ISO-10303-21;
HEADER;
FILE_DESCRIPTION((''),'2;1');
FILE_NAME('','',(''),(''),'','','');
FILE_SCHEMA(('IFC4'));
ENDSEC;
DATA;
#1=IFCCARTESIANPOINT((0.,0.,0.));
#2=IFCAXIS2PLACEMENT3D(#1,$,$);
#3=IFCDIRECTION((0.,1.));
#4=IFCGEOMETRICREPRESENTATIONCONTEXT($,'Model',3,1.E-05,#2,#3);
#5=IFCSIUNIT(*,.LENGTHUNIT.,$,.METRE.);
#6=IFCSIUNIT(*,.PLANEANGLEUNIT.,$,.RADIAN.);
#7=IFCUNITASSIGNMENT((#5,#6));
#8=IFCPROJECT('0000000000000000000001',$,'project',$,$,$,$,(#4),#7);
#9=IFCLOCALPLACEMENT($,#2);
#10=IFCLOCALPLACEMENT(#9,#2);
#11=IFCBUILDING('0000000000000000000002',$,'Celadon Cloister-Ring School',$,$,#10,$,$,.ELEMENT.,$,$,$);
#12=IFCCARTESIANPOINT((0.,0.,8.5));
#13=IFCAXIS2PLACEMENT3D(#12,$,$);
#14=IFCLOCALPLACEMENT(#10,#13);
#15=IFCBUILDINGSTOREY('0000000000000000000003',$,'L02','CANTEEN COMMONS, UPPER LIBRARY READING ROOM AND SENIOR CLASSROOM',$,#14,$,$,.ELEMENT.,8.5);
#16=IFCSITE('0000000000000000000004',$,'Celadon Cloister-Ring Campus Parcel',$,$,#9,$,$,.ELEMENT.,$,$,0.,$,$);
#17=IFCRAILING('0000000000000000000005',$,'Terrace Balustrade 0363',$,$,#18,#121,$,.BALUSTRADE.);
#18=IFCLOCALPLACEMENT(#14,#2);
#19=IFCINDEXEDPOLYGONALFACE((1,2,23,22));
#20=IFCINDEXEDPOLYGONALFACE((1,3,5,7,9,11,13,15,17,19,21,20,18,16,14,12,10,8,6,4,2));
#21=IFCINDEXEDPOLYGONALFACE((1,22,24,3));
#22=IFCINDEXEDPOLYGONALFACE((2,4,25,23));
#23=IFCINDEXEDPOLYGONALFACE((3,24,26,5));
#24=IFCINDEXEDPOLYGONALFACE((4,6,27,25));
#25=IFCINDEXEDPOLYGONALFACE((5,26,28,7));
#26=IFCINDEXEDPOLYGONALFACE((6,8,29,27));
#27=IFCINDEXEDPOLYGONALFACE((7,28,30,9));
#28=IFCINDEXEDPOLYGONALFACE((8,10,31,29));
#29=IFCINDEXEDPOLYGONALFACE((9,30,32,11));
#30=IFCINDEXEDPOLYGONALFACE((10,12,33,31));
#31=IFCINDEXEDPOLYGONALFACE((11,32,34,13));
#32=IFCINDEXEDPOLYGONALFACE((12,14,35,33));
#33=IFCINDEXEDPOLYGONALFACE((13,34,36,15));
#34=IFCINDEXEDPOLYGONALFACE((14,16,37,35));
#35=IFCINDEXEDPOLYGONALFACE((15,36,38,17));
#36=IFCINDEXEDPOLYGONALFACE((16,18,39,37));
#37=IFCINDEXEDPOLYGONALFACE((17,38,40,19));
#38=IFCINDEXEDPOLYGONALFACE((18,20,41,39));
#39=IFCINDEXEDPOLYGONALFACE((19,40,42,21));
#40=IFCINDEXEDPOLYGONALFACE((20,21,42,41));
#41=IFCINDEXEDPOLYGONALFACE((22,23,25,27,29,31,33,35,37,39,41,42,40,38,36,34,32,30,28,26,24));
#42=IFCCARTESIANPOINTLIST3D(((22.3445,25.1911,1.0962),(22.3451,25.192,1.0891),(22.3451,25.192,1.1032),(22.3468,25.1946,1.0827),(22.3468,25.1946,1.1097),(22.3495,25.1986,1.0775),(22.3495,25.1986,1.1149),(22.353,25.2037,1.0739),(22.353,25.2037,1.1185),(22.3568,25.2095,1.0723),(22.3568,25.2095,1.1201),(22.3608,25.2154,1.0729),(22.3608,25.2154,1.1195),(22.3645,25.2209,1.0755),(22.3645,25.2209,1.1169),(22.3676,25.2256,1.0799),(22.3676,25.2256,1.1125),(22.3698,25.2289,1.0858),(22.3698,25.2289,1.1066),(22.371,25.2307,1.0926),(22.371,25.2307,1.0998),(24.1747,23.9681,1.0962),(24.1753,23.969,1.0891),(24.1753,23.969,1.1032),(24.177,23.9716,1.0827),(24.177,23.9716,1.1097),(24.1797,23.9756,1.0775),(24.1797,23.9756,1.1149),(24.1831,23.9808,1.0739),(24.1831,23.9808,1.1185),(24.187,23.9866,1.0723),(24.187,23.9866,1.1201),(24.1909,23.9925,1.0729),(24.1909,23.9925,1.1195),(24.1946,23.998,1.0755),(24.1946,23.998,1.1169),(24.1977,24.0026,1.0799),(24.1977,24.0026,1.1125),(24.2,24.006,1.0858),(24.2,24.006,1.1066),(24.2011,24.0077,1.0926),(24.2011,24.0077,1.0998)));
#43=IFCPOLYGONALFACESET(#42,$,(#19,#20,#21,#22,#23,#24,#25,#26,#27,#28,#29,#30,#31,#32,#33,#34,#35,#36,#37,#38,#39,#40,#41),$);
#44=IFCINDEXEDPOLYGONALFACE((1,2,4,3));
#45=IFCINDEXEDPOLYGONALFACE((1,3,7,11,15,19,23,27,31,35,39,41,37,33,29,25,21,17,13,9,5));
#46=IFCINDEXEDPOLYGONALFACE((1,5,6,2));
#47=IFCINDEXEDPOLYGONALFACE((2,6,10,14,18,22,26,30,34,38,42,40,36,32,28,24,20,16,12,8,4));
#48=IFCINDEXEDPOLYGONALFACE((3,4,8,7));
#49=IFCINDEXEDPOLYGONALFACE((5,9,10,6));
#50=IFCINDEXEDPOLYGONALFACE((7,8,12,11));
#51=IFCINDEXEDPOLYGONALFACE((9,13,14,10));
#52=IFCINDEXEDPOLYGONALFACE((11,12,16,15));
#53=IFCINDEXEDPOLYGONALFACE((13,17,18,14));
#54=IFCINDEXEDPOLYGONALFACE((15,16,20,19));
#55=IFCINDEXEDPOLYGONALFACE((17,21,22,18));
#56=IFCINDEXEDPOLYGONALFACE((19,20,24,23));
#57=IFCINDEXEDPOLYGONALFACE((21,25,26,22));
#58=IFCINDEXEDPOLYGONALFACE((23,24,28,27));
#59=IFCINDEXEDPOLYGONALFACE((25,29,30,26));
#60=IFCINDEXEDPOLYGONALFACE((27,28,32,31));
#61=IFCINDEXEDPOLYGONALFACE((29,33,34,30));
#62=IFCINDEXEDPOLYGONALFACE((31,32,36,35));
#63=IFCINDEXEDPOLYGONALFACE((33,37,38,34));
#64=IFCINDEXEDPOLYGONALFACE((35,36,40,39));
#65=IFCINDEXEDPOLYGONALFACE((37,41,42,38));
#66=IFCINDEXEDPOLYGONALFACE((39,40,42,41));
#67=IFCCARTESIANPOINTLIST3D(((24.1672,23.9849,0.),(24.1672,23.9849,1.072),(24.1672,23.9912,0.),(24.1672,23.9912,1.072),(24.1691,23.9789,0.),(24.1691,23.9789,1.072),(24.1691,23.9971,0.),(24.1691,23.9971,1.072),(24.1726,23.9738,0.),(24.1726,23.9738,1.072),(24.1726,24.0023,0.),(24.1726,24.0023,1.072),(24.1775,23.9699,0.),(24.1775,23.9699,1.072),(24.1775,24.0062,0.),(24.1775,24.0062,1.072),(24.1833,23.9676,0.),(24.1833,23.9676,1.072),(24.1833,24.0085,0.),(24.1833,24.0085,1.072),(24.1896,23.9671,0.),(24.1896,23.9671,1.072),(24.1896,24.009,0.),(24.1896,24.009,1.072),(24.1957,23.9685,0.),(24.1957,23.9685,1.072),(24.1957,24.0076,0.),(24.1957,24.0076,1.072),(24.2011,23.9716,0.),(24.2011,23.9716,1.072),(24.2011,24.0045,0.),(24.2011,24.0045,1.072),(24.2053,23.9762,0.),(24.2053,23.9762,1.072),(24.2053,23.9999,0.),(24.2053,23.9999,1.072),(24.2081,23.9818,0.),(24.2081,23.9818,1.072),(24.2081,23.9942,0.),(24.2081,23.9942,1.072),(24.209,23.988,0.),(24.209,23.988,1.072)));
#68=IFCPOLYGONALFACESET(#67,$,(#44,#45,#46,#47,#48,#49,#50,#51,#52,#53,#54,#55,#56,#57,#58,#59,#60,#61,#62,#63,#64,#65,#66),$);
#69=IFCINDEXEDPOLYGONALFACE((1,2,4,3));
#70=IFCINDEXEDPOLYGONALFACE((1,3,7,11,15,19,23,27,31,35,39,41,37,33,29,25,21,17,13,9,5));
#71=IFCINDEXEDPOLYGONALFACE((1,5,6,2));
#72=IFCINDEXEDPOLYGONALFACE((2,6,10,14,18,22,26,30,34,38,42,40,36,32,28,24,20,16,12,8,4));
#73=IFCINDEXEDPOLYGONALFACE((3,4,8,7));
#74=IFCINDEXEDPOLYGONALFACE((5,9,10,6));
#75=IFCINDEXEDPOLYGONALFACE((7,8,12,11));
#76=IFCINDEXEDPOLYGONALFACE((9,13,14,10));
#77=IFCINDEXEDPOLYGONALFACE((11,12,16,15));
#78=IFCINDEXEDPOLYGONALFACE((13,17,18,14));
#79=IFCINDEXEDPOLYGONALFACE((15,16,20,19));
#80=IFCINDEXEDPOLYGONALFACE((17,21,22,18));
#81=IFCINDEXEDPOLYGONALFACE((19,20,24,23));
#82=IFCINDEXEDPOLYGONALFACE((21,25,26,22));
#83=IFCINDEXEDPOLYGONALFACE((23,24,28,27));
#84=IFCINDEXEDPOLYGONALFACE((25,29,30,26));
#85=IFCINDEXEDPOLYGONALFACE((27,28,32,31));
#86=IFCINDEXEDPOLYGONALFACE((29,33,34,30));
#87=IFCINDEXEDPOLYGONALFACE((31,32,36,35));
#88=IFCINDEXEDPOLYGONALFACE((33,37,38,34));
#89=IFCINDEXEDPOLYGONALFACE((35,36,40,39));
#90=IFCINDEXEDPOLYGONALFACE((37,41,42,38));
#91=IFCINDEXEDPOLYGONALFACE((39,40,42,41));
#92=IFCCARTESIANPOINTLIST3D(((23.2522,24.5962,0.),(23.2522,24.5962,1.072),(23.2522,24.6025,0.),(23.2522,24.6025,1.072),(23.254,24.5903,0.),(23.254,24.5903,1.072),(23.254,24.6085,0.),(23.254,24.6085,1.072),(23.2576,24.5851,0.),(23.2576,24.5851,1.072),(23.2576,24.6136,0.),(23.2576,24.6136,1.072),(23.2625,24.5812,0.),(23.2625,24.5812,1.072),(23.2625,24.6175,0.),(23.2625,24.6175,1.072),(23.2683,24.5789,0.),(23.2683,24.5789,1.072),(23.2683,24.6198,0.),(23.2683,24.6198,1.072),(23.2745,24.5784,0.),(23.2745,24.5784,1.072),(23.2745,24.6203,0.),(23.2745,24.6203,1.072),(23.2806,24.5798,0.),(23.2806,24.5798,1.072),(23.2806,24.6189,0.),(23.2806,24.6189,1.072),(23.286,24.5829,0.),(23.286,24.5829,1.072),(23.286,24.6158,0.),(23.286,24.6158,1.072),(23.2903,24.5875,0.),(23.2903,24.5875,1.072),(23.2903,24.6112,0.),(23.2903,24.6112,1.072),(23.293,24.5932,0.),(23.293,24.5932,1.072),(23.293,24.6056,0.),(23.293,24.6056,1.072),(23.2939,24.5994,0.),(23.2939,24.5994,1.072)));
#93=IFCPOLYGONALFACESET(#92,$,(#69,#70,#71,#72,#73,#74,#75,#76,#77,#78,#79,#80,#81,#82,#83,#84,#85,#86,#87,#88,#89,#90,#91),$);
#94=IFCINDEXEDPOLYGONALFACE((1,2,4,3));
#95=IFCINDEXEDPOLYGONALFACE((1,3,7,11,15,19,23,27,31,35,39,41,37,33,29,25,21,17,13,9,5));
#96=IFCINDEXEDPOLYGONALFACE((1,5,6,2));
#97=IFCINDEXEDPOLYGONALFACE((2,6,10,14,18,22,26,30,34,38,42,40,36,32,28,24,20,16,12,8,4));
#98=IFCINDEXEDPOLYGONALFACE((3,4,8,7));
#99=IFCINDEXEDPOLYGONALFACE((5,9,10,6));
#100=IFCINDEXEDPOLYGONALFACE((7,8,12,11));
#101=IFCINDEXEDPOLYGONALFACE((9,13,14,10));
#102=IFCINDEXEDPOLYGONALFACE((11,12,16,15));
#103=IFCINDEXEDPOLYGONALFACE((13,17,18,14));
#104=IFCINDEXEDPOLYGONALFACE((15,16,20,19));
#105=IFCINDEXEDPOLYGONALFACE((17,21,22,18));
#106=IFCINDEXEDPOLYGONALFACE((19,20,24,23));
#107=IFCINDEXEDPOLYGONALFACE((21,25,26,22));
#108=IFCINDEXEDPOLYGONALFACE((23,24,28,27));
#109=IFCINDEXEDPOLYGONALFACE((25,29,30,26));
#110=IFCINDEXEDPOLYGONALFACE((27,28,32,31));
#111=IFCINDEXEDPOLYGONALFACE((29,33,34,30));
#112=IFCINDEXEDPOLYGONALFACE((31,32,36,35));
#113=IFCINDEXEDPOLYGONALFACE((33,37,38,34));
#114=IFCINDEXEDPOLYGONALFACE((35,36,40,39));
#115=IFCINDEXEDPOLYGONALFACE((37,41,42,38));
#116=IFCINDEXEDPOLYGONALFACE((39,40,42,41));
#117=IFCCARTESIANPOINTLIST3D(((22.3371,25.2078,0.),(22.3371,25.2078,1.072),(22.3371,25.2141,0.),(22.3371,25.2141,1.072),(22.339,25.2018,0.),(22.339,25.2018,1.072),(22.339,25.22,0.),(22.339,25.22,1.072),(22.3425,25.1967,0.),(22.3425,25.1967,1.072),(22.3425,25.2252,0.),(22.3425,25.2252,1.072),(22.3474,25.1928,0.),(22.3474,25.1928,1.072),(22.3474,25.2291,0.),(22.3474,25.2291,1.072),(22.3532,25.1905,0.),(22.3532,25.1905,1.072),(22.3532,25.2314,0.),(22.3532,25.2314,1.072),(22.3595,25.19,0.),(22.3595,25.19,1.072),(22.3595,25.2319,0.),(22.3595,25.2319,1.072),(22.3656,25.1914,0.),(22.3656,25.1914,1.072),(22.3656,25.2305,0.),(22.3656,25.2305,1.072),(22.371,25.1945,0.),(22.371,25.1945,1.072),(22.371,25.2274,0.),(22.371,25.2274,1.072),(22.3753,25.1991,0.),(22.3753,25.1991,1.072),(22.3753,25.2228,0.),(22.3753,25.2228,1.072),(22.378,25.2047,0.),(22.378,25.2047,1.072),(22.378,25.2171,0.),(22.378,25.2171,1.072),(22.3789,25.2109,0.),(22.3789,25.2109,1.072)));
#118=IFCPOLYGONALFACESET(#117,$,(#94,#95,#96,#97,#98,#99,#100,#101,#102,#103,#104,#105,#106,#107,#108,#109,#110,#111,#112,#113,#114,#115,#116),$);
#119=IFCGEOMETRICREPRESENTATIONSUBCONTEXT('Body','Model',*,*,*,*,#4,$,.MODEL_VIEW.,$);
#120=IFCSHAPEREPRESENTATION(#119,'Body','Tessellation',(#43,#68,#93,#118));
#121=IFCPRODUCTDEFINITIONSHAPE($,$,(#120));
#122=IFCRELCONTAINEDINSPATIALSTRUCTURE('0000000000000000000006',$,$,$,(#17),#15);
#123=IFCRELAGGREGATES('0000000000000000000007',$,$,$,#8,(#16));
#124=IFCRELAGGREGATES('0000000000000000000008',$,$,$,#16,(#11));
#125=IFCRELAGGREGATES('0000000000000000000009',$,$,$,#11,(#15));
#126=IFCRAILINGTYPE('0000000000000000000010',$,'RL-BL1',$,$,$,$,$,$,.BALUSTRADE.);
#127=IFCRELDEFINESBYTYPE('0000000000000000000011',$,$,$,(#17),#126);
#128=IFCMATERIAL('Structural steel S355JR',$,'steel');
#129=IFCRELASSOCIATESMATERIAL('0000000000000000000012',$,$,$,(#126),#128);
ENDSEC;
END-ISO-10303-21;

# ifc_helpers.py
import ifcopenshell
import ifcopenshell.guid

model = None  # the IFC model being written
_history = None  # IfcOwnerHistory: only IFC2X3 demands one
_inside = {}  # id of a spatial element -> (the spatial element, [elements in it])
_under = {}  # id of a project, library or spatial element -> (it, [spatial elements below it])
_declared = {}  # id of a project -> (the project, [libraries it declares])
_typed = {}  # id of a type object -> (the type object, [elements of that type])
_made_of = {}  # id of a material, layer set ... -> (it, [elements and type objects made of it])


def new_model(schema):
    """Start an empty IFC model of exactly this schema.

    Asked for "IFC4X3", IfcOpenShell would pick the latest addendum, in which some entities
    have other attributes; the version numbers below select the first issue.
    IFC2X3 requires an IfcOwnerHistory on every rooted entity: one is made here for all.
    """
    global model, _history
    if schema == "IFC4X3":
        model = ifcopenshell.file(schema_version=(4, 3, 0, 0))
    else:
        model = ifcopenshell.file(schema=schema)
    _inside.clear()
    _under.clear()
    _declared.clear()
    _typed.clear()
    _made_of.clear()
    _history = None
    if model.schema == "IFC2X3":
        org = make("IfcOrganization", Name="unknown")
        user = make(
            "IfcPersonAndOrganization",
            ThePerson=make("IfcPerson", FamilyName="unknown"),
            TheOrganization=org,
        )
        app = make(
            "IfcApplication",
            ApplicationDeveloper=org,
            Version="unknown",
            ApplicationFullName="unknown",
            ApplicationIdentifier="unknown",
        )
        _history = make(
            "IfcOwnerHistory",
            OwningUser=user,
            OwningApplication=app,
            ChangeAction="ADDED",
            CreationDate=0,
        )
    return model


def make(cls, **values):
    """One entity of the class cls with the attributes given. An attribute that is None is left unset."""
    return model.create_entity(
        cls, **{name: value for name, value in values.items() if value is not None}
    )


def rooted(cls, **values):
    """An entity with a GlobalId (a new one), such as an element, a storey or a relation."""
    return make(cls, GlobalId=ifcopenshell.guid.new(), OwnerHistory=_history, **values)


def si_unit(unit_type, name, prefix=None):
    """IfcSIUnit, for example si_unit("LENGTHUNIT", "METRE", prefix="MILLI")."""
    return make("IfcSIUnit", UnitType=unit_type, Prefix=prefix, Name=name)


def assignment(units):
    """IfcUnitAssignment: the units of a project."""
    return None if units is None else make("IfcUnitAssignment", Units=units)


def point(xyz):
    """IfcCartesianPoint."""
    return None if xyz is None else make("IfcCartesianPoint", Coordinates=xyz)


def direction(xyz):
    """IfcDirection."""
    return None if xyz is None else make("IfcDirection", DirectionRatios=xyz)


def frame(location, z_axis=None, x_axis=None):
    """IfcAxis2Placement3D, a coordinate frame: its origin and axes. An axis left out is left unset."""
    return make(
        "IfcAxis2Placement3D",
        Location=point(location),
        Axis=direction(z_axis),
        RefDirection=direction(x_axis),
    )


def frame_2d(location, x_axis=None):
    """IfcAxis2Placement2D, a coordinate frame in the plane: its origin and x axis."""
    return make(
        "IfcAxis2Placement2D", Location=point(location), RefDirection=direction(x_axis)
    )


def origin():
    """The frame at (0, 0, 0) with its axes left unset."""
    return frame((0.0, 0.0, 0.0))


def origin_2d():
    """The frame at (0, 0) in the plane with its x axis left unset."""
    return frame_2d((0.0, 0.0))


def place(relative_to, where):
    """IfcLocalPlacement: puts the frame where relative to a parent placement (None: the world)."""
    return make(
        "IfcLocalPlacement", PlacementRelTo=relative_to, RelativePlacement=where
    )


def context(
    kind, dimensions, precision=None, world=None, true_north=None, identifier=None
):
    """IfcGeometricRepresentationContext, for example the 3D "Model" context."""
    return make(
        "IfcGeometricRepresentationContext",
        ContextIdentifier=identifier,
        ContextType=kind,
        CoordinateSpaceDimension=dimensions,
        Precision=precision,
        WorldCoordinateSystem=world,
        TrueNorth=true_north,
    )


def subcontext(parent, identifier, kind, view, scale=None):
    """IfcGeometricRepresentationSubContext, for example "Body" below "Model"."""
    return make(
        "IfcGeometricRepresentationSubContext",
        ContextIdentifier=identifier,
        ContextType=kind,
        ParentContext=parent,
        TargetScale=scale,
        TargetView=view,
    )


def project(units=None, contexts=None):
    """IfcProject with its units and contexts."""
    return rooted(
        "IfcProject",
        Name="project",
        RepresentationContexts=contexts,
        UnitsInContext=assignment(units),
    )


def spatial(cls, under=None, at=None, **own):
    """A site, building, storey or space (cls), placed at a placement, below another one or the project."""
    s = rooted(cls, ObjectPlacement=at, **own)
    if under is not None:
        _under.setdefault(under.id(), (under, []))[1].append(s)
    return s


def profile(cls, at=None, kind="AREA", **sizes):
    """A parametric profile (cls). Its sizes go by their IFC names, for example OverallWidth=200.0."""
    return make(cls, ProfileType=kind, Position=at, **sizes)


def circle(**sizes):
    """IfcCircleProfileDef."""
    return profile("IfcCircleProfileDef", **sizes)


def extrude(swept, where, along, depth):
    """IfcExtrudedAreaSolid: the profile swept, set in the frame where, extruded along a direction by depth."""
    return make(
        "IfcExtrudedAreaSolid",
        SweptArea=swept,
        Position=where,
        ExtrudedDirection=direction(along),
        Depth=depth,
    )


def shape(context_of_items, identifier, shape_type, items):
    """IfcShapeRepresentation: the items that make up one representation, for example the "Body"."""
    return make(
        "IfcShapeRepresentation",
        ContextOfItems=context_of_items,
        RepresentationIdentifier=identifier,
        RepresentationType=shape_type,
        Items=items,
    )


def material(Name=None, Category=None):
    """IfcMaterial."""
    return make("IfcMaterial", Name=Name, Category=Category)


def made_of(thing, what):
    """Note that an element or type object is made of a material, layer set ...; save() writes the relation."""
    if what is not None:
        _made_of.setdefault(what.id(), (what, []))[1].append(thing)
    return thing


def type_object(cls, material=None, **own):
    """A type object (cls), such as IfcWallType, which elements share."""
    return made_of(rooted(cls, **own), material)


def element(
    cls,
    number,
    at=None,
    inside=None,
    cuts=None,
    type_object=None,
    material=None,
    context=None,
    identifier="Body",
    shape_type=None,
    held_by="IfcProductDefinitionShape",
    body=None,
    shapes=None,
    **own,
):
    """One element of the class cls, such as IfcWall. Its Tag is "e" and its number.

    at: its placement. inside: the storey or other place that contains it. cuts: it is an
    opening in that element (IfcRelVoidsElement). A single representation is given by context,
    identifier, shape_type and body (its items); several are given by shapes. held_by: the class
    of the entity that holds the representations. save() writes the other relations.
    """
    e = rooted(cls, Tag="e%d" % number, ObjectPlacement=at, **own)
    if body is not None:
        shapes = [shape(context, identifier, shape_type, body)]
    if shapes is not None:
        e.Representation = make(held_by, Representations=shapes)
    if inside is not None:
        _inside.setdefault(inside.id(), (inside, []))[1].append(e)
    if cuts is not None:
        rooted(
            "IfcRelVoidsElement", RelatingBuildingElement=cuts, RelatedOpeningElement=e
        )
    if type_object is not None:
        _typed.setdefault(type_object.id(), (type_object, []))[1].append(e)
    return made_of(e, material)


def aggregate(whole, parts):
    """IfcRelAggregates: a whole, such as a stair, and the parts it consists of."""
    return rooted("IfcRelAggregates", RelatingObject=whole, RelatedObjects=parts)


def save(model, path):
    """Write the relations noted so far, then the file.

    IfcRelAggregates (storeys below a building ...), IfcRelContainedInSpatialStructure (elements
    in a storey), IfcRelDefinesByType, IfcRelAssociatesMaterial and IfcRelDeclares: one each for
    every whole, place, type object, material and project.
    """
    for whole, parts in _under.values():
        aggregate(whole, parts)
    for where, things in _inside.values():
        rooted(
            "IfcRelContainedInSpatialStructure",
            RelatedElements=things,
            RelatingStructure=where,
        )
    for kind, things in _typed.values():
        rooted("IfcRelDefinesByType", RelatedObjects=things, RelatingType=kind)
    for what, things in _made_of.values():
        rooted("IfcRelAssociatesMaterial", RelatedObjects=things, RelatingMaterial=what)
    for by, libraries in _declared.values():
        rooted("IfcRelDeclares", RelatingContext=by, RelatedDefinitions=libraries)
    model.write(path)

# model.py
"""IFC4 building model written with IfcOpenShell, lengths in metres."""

from ifc_helpers import new_model, si_unit, direction, frame, origin, origin_2d, place, context, subcontext, project, spatial, circle, extrude, material, type_object, element, save


model = new_model("IFC4")

# Units and contexts
model_context = context("Model", 3, precision=1e-05, world=origin(), true_north=direction((0.0, 1.0)))
body_context = subcontext(model_context, "Body", "Model", "MODEL_VIEW")
ifc_project = project(units=[si_unit("LENGTHUNIT", "METRE"), si_unit("PLANEANGLEUNIT", "RADIAN")], contexts=[model_context])

# Site, building, storey
site_placement = place(None, origin())
site = spatial("IfcSite", under=ifc_project, at=site_placement, Name="Celadon Cloister-Ring Campus Parcel", CompositionType="ELEMENT", RefElevation=0.0)
building_placement = place(site_placement, origin())
building = spatial("IfcBuilding", under=site, at=building_placement, Name="Celadon Cloister-Ring School", CompositionType="ELEMENT")
storey_placement = place(building_placement, frame((0.0, 0.0, 8.5)))
storey = spatial("IfcBuildingStorey", under=building, at=storey_placement, Name="L02", Description="CANTEEN COMMONS, UPPER LIBRARY READING ROOM AND SENIOR CLASSROOM", CompositionType="ELEMENT", Elevation=8.5)

# Railing
ifc_material_1 = material(Name="Structural steel S355JR", Category="steel")
railing_type = type_object("IfcRailingType", Name="RL-BL1", PredefinedType="BALUSTRADE", material=ifc_material_1)
railing_1_placement = place(storey_placement, frame((24.188, 23.988, 0.0)))
element("IfcRailing", 1, at=railing_1_placement, inside=storey, type_object=railing_type, Name="Terrace Balustrade 0363", PredefinedType="BALUSTRADE", context=body_context, shape_type="SweptSolid", body=[
    extrude(circle(Radius=0.0239, at=origin_2d()), frame((0.0, 0.0, 1.0962), z_axis=(-0.831453, 0.555596, 0.0), x_axis=(-0.555596, -0.831453, 0.0)), (0.0, 0.0, 1.0), 2.2012),
    extrude(circle(Radius=0.021, at=origin_2d()), origin(), (0.0, 0.0, 1.0), 1.072),
    extrude(circle(Radius=0.021, at=origin_2d()), frame((-0.915, 0.6113, 0.0)), (0.0, 0.0, 1.0), 1.072),
    extrude(circle(Radius=0.021, at=origin_2d()), frame((-1.8301, 1.2229, 0.0)), (0.0, 0.0, 1.0), 1.072),
])

save(model, "model.ifc")
